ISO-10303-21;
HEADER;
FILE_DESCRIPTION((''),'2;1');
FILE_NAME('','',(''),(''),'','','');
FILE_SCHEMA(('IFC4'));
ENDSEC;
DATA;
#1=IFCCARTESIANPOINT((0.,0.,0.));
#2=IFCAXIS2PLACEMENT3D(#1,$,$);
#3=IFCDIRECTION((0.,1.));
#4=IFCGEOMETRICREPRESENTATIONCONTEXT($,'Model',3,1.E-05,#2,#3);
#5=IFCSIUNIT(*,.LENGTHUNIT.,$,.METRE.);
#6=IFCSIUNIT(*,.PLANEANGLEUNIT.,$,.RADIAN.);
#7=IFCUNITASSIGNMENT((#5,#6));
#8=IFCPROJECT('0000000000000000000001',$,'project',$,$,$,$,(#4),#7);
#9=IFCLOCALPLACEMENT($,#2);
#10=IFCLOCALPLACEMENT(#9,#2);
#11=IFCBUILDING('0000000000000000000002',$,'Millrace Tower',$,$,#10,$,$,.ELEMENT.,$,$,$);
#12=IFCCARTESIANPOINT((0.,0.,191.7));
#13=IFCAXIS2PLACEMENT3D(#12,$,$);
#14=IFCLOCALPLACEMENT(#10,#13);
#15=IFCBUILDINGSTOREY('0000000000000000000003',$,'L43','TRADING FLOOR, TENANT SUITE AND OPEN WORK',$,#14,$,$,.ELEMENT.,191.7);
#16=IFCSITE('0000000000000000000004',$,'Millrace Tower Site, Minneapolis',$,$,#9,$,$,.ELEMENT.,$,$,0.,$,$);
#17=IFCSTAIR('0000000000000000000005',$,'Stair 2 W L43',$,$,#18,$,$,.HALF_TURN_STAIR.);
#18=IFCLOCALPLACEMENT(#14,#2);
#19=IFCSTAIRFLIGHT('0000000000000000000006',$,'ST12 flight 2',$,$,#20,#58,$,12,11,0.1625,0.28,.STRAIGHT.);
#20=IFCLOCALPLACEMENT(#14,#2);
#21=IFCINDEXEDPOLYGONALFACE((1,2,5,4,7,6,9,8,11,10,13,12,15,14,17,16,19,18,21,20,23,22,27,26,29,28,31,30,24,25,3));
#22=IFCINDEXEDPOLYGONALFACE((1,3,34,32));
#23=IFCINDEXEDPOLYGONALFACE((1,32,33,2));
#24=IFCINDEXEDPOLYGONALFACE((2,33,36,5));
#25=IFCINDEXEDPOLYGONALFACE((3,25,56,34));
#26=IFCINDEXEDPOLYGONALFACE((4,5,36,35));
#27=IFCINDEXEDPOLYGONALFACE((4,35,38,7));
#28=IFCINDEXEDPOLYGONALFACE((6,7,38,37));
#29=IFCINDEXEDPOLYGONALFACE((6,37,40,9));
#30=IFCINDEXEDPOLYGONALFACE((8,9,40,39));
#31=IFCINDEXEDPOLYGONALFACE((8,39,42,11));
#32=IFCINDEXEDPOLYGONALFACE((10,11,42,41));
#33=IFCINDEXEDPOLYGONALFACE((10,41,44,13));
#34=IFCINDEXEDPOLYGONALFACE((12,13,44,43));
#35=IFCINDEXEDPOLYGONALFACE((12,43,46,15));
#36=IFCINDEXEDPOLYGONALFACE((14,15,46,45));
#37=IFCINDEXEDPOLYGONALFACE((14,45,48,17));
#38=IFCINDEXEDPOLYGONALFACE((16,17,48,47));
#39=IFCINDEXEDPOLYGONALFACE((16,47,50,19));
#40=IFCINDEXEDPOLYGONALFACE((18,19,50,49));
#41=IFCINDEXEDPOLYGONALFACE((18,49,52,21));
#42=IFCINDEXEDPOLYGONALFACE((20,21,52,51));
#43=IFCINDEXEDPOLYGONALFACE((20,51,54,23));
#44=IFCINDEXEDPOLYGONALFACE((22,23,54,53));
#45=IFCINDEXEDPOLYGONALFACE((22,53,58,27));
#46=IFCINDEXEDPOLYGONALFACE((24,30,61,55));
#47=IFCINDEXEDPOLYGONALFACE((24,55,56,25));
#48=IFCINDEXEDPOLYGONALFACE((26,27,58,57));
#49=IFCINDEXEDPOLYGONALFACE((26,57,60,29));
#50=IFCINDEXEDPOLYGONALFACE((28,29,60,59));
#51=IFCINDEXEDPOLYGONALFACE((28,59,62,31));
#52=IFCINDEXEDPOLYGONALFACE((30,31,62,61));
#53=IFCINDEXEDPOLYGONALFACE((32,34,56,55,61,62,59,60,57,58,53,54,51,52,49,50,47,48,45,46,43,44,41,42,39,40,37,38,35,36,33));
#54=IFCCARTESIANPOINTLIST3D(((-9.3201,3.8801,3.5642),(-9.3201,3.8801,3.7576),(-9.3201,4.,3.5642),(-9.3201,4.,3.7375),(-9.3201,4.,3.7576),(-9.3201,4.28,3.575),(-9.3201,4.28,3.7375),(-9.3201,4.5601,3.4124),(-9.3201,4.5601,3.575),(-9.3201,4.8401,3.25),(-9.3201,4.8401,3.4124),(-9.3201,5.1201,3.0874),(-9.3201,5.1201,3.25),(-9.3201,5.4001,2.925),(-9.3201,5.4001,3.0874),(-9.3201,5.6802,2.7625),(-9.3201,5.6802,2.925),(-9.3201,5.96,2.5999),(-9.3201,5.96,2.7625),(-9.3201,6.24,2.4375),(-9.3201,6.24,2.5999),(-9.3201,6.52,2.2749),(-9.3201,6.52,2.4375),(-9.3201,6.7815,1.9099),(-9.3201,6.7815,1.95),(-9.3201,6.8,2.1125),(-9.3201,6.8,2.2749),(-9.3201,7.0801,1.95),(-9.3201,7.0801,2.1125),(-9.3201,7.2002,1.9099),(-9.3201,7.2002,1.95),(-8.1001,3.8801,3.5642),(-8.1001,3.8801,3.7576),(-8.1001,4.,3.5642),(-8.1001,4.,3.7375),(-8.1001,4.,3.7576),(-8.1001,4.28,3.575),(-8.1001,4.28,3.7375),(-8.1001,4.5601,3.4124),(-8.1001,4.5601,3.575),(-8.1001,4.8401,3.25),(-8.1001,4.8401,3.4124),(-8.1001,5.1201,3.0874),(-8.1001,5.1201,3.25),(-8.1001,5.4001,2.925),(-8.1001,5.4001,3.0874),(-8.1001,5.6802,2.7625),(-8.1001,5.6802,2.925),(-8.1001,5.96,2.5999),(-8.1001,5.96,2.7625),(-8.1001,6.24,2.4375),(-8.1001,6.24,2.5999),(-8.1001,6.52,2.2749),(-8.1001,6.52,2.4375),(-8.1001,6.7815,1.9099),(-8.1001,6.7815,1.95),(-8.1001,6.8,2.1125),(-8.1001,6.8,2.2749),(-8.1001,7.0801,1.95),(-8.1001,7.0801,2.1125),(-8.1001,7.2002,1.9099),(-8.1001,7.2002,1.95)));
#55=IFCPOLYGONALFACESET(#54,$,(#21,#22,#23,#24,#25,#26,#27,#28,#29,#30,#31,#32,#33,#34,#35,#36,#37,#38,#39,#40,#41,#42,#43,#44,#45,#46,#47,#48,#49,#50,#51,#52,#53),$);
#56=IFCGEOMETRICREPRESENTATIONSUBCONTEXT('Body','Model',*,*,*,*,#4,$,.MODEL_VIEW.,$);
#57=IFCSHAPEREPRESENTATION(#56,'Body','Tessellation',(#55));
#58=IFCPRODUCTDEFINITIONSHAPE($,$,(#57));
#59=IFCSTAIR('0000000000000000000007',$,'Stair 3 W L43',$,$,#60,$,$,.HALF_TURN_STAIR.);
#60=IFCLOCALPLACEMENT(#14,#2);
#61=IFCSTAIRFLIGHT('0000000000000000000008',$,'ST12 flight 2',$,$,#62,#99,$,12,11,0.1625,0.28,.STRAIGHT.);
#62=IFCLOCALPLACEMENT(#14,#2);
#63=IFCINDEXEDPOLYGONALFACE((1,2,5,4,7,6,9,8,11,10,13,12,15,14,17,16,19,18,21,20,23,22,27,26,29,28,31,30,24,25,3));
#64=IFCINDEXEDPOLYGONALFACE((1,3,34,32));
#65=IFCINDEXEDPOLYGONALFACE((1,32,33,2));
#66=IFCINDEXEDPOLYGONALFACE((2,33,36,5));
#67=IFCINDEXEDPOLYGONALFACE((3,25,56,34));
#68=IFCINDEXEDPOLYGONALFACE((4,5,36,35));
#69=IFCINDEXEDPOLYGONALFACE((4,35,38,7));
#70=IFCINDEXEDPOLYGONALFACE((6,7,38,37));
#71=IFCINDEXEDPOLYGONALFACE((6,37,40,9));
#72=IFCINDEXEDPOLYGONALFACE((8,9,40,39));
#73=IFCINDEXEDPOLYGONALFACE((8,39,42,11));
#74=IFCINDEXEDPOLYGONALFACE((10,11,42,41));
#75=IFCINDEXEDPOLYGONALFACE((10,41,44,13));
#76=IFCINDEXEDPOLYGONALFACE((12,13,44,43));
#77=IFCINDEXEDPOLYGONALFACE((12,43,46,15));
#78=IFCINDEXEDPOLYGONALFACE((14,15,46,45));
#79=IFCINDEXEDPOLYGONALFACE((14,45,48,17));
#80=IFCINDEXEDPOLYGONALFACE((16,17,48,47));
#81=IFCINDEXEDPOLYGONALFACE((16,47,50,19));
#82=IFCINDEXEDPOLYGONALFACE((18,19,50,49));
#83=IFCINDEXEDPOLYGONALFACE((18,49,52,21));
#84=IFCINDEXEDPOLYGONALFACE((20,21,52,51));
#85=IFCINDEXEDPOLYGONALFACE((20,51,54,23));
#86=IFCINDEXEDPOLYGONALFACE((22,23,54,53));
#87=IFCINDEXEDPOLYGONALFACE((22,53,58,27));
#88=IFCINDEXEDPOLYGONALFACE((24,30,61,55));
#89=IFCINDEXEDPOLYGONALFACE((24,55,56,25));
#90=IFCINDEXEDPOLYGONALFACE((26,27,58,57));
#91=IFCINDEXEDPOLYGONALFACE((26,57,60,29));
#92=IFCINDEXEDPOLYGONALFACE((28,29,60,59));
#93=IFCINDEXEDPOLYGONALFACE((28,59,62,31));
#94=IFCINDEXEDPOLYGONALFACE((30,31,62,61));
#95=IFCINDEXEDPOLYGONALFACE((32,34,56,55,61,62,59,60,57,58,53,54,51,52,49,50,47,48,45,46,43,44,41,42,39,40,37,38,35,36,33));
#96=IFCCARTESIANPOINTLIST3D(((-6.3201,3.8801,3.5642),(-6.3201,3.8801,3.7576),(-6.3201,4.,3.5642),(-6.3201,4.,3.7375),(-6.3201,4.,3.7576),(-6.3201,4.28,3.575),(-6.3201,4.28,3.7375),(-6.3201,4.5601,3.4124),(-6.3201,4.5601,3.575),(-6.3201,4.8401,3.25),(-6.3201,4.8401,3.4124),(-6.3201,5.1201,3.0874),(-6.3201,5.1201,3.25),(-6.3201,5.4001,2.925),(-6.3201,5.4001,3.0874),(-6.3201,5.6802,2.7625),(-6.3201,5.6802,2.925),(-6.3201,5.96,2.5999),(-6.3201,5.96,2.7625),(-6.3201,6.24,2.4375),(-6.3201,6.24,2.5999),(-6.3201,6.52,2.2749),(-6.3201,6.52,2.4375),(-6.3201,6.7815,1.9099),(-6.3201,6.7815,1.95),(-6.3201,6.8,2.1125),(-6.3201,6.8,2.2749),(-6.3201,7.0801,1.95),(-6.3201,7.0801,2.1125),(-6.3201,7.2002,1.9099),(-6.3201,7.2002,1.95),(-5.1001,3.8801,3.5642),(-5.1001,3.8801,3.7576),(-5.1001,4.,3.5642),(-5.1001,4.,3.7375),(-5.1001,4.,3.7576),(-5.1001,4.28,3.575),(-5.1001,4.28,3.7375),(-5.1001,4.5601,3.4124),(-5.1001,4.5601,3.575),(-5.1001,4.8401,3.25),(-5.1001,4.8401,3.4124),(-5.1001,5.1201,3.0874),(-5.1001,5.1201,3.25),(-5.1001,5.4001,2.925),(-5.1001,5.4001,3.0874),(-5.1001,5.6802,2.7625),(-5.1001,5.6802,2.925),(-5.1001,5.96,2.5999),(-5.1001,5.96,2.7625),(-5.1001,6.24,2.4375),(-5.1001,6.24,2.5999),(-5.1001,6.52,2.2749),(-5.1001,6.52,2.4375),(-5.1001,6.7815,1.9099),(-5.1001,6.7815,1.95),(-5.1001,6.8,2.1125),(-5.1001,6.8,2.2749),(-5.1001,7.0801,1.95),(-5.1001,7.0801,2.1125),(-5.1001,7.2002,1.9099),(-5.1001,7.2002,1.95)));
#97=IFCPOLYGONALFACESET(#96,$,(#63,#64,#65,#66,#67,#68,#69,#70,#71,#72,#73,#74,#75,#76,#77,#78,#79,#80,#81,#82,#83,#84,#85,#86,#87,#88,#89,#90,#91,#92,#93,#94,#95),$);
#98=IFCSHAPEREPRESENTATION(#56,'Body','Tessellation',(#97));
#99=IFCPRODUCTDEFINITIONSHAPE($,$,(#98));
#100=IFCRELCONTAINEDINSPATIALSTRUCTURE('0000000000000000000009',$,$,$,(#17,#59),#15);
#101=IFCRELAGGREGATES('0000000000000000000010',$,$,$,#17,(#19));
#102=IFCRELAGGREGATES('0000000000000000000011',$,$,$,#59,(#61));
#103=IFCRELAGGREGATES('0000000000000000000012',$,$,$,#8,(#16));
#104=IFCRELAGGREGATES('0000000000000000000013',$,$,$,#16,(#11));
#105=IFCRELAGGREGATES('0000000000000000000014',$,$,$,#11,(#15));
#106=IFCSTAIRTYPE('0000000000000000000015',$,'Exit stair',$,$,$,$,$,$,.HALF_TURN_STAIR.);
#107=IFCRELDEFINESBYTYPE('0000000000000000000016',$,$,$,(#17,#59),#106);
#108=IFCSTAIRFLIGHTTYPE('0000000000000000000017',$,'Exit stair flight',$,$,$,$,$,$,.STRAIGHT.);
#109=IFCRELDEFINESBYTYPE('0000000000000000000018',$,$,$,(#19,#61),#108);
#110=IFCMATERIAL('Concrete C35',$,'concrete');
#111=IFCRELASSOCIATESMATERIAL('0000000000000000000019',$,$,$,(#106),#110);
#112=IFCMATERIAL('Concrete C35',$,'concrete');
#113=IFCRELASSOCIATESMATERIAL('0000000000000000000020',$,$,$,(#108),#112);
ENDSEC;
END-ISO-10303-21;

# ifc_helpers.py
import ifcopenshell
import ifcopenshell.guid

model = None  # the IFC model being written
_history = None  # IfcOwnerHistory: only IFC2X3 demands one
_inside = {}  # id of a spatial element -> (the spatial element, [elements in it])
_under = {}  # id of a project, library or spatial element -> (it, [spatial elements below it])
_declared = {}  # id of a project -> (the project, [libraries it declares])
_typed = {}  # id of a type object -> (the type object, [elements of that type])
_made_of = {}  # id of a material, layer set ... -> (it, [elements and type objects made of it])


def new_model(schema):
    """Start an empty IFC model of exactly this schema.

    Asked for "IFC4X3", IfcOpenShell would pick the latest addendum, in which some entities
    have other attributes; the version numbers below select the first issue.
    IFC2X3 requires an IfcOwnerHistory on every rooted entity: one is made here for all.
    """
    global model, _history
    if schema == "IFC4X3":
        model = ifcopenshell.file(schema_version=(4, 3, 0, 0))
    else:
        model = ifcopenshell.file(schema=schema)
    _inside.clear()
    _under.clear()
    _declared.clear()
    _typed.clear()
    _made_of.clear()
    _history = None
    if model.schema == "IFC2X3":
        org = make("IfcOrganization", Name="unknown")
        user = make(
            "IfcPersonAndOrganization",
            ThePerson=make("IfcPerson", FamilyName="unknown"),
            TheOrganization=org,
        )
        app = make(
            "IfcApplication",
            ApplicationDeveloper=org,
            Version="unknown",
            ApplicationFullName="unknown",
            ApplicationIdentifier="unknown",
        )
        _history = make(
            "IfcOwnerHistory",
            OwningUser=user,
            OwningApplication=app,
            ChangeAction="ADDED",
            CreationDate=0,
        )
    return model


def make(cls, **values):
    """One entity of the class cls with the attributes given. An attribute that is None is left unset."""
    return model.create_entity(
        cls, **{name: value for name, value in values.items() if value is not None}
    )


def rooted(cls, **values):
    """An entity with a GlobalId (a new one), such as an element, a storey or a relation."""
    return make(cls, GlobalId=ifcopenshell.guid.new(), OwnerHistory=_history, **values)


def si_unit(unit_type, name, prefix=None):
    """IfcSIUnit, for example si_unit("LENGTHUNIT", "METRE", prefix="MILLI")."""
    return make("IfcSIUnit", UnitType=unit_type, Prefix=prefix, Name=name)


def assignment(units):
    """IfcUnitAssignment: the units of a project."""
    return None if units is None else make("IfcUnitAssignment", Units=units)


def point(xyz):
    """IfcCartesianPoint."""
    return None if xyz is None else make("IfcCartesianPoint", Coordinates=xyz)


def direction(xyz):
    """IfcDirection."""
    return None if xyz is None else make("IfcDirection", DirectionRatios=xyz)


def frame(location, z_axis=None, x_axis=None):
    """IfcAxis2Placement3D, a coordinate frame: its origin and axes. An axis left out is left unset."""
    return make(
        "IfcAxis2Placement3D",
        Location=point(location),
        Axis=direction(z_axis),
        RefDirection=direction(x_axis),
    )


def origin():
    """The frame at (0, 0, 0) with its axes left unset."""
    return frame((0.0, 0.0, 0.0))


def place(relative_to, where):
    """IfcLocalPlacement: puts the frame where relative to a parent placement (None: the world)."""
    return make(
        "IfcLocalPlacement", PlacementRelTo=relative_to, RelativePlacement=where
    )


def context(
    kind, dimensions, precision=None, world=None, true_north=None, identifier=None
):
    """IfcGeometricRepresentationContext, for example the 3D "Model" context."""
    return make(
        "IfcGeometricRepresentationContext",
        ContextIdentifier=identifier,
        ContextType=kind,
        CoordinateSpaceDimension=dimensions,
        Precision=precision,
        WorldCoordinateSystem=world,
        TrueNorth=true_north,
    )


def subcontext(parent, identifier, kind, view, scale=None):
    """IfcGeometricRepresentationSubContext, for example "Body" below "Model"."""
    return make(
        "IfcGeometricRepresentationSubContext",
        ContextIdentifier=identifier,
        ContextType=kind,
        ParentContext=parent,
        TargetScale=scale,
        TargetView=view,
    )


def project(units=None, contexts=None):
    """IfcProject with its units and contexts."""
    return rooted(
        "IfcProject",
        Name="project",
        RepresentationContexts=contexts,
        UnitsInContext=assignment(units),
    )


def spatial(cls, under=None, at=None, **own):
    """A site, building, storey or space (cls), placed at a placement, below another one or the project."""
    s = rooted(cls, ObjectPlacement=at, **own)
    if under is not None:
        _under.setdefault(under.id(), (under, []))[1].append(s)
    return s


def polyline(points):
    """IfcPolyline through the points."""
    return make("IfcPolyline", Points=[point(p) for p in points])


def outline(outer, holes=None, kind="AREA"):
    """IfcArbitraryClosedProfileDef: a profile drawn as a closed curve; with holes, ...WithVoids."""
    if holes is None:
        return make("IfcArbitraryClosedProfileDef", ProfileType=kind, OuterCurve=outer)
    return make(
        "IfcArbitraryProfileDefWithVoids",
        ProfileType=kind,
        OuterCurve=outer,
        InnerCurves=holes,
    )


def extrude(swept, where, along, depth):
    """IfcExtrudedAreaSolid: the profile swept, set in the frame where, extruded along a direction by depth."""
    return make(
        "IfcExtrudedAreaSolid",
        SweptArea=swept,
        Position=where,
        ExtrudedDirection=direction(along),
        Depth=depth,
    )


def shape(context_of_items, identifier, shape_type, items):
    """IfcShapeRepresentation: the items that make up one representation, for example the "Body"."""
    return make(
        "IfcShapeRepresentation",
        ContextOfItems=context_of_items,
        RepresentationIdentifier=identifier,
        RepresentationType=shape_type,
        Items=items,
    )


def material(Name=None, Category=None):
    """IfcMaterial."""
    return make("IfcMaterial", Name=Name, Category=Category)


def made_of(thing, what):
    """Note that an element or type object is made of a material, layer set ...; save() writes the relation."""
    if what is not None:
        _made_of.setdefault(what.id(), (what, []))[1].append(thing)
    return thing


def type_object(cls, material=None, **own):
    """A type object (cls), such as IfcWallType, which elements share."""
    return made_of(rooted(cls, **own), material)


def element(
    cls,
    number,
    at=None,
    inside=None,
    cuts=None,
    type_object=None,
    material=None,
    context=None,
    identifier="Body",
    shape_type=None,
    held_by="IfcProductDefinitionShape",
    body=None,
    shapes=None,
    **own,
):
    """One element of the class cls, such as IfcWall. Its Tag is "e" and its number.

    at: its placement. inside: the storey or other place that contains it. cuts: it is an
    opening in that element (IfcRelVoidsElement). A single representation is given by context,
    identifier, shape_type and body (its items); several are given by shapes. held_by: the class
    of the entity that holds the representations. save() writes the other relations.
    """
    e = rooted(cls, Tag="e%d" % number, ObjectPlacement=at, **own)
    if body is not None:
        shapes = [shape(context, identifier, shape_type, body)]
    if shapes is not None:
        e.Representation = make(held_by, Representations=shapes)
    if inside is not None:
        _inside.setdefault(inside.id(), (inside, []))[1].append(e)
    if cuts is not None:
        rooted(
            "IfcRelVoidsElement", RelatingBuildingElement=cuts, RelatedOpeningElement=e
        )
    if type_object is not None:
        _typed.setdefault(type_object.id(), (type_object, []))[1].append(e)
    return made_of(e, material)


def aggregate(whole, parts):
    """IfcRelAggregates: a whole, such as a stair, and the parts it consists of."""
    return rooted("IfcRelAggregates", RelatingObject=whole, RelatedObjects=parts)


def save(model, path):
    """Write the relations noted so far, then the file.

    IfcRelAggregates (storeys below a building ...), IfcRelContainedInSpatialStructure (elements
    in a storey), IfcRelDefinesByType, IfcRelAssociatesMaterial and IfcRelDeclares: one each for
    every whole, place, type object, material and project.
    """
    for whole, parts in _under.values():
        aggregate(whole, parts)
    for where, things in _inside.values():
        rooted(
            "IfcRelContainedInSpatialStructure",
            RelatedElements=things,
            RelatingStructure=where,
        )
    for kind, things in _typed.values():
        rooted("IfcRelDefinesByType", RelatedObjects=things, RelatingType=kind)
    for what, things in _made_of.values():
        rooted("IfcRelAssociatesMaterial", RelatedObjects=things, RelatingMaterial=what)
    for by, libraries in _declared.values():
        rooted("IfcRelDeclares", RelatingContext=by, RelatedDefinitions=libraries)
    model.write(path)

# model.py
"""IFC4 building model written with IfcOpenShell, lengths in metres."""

from ifc_helpers import new_model, si_unit, direction, frame, origin, place, context, subcontext, project, spatial, polyline, outline, extrude, material, type_object, element, aggregate, save


model = new_model("IFC4")

# Units and contexts
model_context = context("Model", 3, precision=1e-05, world=origin(), true_north=direction((0.0, 1.0)))
body_context = subcontext(model_context, "Body", "Model", "MODEL_VIEW")
ifc_project = project(units=[si_unit("LENGTHUNIT", "METRE"), si_unit("PLANEANGLEUNIT", "RADIAN")], contexts=[model_context])

# Site, building, storey
site_placement = place(None, origin())
site = spatial("IfcSite", under=ifc_project, at=site_placement, Name="Millrace Tower Site, Minneapolis", CompositionType="ELEMENT", RefElevation=0.0)
building_placement = place(site_placement, origin())
building = spatial("IfcBuilding", under=site, at=building_placement, Name="Millrace Tower", CompositionType="ELEMENT")
storey_placement = place(building_placement, frame((0.0, 0.0, 191.7)))
storey = spatial("IfcBuildingStorey", under=building, at=storey_placement, Name="L43", Description="TRADING FLOOR, TENANT SUITE AND OPEN WORK", CompositionType="ELEMENT", Elevation=191.7)

# Shared definitions
placement = place(storey_placement, origin())

# Stairs, stair flights
ifc_material_1 = material(Name="Concrete C35", Category="concrete")
stair_type = type_object("IfcStairType", Name="Exit stair", PredefinedType="HALF_TURN_STAIR", material=ifc_material_1)
ifc_material_2 = material(Name="Concrete C35", Category="concrete")
stair_flight_type = type_object("IfcStairFlightType", Name="Exit stair flight", PredefinedType="STRAIGHT", material=ifc_material_2)
stair_1 = element("IfcStair", 1, at=placement, inside=storey, type_object=stair_type, Name="Stair 2 W L43", PredefinedType="HALF_TURN_STAIR")
stair_flight_1_placement = place(storey_placement, frame((-8.71, 7.0801, 1.95), z_axis=(0.0, 0.0, 1.0), x_axis=(0.0, -1.0, 0.0)))
stair_flight_1 = element("IfcStairFlight", 2, at=stair_flight_1_placement, type_object=stair_flight_type, Name="ST12 flight 2", NumberOfRisers=12, NumberOfTreads=11, PredefinedType="STRAIGHT", RiserHeight=0.1625, TreadLength=0.28, context=body_context, shape_type="SweptSolid", body=[
    extrude(outline(polyline([(-0.1201, -0.04), (-0.1201, 0.0), (0.0, 0.0), (0.0, 0.1626), (0.28, 0.1626), (0.28, 0.325), (0.5601, 0.325), (0.5601, 0.4875), (0.8401, 0.4875), (0.8401, 0.6499), (1.1201, 0.6499), (1.1201, 0.8125), (1.3999, 0.8125), (1.3999, 0.9751), (1.6799, 0.9751), (1.6799, 1.1375), (1.96, 1.1375), (1.96, 1.3), (2.24, 1.3), (2.24, 1.4624), (2.52, 1.4624), (2.52, 1.625), (2.8, 1.625), (2.8, 1.7876), (3.0801, 1.7876), (3.0801, 1.8076), (3.2, 1.8076), (3.2, 1.6143), (3.0801, 1.6143), (0.2986, 0.0), (0.2986, -0.04), (-0.1201, -0.04)])), frame((0.0, 0.6099, 0.0), z_axis=(0.0, -1.0, 0.0), x_axis=(1.0, 0.0, 0.0)), (0.0, 0.0, 1.0), 1.22),
])
aggregate(stair_1, [stair_flight_1])
stair_2 = element("IfcStair", 3, at=placement, inside=storey, type_object=stair_type, Name="Stair 3 W L43", PredefinedType="HALF_TURN_STAIR")
stair_flight_2_placement = place(storey_placement, frame((-5.71, 7.0801, 1.95), z_axis=(0.0, 0.0, 1.0), x_axis=(0.0, -1.0, 0.0)))
stair_flight_2 = element("IfcStairFlight", 4, at=stair_flight_2_placement, type_object=stair_flight_type, Name="ST12 flight 2", NumberOfRisers=12, NumberOfTreads=11, PredefinedType="STRAIGHT", RiserHeight=0.1625, TreadLength=0.28, context=body_context, shape_type="SweptSolid", body=[
    extrude(outline(polyline([(-0.1201, -0.04), (-0.1201, 0.0), (0.0, 0.0), (0.0, 0.1626), (0.28, 0.1626), (0.28, 0.325), (0.5601, 0.325), (0.5601, 0.4875), (0.8401, 0.4875), (0.8401, 0.6499), (1.1201, 0.6499), (1.1201, 0.8125), (1.3999, 0.8125), (1.3999, 0.9751), (1.6799, 0.9751), (1.6799, 1.1375), (1.96, 1.1375), (1.96, 1.3), (2.24, 1.3), (2.24, 1.4624), (2.52, 1.4624), (2.52, 1.625), (2.8, 1.625), (2.8, 1.7876), (3.0801, 1.7876), (3.0801, 1.8076), (3.2, 1.8076), (3.2, 1.6143), (3.0801, 1.6143), (0.2986, 0.0), (0.2986, -0.04), (-0.1201, -0.04)])), frame((0.0, 0.6099, 0.0), z_axis=(0.0, -1.0, 0.0), x_axis=(1.0, 0.0, 0.0)), (0.0, 0.0, 1.0), 1.22),
])
aggregate(stair_2, [stair_flight_2])

save(model, "model.ifc")
